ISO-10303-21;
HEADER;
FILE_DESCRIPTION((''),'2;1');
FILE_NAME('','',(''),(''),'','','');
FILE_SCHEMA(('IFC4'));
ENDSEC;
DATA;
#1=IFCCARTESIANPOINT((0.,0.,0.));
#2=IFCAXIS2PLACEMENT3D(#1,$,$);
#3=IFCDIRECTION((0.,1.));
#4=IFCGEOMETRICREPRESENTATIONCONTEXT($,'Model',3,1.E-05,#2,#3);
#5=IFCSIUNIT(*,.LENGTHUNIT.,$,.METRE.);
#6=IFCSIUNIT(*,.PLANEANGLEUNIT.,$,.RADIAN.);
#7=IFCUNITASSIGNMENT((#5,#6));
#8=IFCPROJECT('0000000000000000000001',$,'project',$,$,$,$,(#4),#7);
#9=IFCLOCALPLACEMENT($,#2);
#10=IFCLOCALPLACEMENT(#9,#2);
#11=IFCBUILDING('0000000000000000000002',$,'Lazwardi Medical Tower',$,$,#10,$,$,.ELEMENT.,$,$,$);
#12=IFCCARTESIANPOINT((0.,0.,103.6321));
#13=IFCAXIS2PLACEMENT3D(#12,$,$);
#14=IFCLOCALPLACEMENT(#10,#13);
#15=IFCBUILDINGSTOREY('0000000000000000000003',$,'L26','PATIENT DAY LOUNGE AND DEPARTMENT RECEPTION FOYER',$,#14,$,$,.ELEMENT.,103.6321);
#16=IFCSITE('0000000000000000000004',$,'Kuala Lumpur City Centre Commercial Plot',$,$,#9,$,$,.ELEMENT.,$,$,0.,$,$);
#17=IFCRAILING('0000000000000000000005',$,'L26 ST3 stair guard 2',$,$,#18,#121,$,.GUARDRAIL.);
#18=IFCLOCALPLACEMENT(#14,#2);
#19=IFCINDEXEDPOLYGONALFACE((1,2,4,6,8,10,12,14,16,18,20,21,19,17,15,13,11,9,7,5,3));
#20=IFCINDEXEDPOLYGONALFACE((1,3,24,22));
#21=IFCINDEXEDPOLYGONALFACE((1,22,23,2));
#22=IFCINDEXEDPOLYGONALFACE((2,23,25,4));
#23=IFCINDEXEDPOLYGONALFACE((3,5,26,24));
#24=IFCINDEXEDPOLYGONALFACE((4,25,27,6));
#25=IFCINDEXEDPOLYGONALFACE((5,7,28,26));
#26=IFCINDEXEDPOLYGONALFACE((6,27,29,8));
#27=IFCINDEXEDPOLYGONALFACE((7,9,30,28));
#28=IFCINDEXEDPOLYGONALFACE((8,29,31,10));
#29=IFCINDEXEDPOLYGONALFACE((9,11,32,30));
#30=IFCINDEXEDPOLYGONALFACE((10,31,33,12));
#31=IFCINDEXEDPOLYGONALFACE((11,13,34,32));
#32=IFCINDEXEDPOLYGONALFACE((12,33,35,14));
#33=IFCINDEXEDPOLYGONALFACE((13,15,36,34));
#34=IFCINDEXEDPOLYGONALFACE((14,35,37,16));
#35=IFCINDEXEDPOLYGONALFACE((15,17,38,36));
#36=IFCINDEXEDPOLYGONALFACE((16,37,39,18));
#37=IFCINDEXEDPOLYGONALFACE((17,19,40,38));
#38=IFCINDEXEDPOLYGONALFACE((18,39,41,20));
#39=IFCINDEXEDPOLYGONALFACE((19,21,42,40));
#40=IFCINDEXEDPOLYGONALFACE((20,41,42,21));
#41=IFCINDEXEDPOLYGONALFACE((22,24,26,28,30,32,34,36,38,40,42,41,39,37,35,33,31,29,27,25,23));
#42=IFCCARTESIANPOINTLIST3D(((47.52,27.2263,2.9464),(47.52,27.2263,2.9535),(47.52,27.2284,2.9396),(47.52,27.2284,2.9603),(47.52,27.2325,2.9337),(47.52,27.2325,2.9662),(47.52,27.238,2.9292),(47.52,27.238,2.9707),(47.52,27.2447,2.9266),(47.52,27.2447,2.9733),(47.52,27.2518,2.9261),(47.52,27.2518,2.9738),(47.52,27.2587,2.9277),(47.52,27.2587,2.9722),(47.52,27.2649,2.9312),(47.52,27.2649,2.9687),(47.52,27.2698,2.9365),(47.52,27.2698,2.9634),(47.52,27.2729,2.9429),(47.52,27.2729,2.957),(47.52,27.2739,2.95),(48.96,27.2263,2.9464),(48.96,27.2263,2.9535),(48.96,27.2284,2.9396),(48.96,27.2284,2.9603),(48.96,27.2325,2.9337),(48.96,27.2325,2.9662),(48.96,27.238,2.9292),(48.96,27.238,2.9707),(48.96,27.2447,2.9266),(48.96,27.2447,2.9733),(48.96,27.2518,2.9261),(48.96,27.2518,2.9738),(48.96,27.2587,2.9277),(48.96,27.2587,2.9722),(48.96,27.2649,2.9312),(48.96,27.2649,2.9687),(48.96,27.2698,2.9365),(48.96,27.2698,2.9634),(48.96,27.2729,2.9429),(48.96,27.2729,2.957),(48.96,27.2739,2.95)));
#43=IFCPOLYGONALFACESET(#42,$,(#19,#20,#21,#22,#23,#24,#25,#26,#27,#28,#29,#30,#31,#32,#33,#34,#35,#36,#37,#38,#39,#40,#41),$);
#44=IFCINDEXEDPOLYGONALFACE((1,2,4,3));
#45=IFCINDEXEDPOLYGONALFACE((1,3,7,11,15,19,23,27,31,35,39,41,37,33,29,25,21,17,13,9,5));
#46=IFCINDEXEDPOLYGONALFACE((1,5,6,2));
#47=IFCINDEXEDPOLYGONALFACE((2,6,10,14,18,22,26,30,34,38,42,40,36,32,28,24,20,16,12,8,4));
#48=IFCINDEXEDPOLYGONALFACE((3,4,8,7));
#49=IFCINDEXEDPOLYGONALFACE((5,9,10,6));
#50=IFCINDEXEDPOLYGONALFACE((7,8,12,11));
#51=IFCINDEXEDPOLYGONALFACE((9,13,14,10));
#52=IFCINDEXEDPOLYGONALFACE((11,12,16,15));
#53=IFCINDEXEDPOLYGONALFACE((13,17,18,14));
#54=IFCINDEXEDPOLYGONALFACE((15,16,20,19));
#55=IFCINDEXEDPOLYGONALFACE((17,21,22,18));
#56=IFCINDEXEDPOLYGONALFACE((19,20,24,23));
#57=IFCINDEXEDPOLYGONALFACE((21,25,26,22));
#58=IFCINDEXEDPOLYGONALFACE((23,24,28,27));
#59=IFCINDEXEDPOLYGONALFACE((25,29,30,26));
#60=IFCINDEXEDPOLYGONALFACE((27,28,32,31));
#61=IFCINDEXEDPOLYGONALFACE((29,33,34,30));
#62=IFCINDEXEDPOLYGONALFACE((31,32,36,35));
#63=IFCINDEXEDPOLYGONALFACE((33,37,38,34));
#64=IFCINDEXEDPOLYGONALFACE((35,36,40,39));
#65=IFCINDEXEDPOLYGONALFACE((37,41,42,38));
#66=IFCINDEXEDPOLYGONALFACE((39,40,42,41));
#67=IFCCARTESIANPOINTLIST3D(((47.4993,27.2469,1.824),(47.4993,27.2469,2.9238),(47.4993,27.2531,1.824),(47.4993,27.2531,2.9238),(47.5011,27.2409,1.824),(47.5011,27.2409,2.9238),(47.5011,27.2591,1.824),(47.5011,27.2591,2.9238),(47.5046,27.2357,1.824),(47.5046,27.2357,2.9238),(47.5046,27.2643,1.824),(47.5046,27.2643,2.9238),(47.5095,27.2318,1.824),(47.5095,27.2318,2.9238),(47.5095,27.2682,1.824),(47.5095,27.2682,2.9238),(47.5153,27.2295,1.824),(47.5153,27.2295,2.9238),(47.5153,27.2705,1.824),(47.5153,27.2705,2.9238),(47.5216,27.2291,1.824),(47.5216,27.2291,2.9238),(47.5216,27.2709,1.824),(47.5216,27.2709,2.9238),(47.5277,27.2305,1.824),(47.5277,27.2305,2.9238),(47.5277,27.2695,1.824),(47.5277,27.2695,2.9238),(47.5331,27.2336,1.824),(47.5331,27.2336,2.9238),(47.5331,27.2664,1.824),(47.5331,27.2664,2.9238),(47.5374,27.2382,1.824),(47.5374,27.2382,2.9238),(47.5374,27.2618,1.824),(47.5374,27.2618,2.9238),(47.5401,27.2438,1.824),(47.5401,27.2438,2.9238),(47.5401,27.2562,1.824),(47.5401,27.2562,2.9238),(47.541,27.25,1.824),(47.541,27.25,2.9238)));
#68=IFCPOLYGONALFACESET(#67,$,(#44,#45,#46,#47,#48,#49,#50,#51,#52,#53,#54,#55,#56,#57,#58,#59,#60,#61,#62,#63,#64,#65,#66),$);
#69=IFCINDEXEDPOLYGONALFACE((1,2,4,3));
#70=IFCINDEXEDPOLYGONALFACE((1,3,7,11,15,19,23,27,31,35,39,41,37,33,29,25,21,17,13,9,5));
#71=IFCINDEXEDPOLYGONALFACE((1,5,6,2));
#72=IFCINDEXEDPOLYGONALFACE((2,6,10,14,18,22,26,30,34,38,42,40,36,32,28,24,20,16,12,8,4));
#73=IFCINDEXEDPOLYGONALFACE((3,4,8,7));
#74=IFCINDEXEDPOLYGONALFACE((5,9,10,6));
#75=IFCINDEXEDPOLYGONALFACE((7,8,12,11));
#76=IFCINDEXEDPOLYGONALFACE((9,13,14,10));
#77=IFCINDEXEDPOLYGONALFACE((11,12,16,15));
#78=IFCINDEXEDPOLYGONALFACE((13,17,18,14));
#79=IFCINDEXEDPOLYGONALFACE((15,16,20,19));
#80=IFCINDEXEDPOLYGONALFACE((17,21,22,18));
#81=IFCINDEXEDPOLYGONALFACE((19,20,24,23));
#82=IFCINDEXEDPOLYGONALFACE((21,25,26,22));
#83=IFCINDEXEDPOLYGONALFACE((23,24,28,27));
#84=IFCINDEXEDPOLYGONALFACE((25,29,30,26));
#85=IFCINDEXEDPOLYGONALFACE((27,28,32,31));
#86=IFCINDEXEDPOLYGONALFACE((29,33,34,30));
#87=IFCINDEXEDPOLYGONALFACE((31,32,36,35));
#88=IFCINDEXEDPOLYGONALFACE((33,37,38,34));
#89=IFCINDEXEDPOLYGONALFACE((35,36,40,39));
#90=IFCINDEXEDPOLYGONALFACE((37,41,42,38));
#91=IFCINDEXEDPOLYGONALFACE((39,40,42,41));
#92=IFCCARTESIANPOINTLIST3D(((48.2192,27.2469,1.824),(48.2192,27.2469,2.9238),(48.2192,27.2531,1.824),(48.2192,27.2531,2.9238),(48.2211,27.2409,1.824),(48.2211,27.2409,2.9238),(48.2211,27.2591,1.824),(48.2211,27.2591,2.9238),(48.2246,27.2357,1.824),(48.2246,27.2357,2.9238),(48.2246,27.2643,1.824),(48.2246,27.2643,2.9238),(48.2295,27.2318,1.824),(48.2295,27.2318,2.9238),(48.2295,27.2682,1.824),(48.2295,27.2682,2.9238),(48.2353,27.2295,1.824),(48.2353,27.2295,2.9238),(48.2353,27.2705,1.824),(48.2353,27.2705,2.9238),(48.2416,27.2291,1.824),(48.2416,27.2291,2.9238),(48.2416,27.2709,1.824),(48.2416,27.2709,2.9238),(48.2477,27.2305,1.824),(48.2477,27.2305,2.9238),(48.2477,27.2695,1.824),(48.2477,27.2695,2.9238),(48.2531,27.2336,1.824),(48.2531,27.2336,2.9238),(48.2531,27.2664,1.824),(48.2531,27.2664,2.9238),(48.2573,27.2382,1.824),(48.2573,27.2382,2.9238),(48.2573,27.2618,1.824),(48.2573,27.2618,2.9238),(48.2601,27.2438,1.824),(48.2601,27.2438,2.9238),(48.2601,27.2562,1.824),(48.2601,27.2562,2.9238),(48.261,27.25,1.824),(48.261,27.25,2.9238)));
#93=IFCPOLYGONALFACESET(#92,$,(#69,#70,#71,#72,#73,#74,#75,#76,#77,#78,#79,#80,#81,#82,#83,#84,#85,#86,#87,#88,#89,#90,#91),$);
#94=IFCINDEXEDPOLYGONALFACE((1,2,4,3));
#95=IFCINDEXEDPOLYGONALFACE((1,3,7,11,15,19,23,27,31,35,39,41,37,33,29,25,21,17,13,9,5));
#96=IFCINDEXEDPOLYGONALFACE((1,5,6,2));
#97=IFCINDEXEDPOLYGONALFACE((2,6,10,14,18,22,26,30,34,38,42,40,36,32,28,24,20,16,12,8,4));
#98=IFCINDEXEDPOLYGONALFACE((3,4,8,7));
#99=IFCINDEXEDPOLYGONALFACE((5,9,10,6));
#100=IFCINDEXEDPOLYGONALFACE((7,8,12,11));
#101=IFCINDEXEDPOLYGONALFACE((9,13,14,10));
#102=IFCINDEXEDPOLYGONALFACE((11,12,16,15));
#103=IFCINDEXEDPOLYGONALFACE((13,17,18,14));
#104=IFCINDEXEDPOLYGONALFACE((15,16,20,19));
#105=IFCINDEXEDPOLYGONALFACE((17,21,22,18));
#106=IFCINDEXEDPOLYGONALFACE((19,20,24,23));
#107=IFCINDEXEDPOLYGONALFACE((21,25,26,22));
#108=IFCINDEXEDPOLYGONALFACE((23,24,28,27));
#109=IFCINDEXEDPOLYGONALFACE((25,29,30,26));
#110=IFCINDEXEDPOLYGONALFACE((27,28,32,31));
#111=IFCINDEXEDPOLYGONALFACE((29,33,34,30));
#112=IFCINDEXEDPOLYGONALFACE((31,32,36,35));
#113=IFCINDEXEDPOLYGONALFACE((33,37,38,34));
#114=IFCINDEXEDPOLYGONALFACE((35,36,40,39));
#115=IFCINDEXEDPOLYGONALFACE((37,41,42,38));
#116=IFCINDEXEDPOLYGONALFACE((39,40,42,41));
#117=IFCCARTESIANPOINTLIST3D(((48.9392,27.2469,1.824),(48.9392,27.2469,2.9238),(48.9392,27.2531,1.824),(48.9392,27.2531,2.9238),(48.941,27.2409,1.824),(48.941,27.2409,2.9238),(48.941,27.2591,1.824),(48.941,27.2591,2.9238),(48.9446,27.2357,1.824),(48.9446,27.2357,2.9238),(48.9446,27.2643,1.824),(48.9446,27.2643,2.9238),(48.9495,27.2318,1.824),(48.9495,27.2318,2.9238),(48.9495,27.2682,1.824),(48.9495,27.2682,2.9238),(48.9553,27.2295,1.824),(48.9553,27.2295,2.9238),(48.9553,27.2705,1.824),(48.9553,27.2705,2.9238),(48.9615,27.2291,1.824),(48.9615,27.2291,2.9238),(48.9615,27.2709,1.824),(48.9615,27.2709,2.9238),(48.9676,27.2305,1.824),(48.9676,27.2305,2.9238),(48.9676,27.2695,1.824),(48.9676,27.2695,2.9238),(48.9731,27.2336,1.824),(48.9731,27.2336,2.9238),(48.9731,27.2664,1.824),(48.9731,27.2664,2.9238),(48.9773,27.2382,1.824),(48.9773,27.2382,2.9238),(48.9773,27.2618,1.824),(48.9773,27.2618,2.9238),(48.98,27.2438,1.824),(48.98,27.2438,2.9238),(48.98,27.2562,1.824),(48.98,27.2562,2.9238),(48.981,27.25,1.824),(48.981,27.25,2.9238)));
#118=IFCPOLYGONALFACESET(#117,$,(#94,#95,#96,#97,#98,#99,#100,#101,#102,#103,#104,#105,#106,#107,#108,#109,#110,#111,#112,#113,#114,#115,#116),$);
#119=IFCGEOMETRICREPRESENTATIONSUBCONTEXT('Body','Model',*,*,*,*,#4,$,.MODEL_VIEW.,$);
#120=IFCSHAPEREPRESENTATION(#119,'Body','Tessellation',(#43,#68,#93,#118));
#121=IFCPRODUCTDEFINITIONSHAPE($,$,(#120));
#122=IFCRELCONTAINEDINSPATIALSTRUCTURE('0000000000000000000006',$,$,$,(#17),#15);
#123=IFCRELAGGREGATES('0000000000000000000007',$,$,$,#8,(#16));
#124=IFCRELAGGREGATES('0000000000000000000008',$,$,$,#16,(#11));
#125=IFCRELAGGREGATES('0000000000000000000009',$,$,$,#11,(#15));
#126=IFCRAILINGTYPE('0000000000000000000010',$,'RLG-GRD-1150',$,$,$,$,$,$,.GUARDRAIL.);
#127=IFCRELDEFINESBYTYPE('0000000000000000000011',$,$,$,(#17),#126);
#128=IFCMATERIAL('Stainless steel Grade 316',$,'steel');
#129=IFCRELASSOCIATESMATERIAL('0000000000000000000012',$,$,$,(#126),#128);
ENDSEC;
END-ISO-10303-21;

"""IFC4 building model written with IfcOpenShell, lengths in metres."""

from ifc_helpers import new_model, si_unit, direction, frame, origin, origin_2d, place, context, subcontext, project, spatial, circle, extrude, material, type_object, element, save


model = new_model("IFC4")

# Units and contexts
model_context = context("Model", 3, precision=1e-05, world=origin(), true_north=direction((0.0, 1.0)))
body_context = subcontext(model_context, "Body", "Model", "MODEL_VIEW")
ifc_project = project(units=[si_unit("LENGTHUNIT", "METRE"), si_unit("PLANEANGLEUNIT", "RADIAN")], contexts=[model_context])

# Site, building, storey
site_placement = place(None, origin())
site = spatial("IfcSite", under=ifc_project, at=site_placement, Name="Kuala Lumpur City Centre Commercial Plot", CompositionType="ELEMENT", RefElevation=0.0)
building_placement = place(site_placement, origin())
building = spatial("IfcBuilding", under=site, at=building_placement, Name="Lazwardi Medical Tower", CompositionType="ELEMENT")
storey_placement = place(building_placement, frame((0.0, 0.0, 103.6321)))
storey = spatial("IfcBuildingStorey", under=building, at=storey_placement, Name="L26", Description="PATIENT DAY LOUNGE AND DEPARTMENT RECEPTION FOYER", CompositionType="ELEMENT", Elevation=103.6321)

# Railing
ifc_material_1 = material(Name="Stainless steel Grade 316", Category="steel")
railing_type = type_object("IfcRailingType", Name="RLG-GRD-1150", PredefinedType="GUARDRAIL", material=ifc_material_1)
railing_placement = place(storey_placement, frame((47.52, 27.25, 1.824)))
element("IfcRailing", 1, at=railing_placement, inside=storey, type_object=railing_type, Name="L26 ST3 stair guard 2", PredefinedType="GUARDRAIL", context=body_context, shape_type="SweptSolid", body=[
    extrude(circle(Radius=0.0239, at=origin_2d()), frame((0.0, 0.0, 1.126), z_axis=(1.0, 0.0, 0.0), x_axis=(0.0, 1.0, 0.0)), (0.0, 0.0, 1.0), 1.4399),
    extrude(circle(Radius=0.021, at=origin_2d()), origin(), (0.0, 0.0, 1.0), 1.0999),
    extrude(circle(Radius=0.021, at=origin_2d()), frame((0.72, 0.0, 0.0)), (0.0, 0.0, 1.0), 1.0999),
    extrude(circle(Radius=0.021, at=origin_2d()), frame((1.4399, 0.0, 0.0)), (0.0, 0.0, 1.0), 1.0999),
])

save(model, "model.ifc")
